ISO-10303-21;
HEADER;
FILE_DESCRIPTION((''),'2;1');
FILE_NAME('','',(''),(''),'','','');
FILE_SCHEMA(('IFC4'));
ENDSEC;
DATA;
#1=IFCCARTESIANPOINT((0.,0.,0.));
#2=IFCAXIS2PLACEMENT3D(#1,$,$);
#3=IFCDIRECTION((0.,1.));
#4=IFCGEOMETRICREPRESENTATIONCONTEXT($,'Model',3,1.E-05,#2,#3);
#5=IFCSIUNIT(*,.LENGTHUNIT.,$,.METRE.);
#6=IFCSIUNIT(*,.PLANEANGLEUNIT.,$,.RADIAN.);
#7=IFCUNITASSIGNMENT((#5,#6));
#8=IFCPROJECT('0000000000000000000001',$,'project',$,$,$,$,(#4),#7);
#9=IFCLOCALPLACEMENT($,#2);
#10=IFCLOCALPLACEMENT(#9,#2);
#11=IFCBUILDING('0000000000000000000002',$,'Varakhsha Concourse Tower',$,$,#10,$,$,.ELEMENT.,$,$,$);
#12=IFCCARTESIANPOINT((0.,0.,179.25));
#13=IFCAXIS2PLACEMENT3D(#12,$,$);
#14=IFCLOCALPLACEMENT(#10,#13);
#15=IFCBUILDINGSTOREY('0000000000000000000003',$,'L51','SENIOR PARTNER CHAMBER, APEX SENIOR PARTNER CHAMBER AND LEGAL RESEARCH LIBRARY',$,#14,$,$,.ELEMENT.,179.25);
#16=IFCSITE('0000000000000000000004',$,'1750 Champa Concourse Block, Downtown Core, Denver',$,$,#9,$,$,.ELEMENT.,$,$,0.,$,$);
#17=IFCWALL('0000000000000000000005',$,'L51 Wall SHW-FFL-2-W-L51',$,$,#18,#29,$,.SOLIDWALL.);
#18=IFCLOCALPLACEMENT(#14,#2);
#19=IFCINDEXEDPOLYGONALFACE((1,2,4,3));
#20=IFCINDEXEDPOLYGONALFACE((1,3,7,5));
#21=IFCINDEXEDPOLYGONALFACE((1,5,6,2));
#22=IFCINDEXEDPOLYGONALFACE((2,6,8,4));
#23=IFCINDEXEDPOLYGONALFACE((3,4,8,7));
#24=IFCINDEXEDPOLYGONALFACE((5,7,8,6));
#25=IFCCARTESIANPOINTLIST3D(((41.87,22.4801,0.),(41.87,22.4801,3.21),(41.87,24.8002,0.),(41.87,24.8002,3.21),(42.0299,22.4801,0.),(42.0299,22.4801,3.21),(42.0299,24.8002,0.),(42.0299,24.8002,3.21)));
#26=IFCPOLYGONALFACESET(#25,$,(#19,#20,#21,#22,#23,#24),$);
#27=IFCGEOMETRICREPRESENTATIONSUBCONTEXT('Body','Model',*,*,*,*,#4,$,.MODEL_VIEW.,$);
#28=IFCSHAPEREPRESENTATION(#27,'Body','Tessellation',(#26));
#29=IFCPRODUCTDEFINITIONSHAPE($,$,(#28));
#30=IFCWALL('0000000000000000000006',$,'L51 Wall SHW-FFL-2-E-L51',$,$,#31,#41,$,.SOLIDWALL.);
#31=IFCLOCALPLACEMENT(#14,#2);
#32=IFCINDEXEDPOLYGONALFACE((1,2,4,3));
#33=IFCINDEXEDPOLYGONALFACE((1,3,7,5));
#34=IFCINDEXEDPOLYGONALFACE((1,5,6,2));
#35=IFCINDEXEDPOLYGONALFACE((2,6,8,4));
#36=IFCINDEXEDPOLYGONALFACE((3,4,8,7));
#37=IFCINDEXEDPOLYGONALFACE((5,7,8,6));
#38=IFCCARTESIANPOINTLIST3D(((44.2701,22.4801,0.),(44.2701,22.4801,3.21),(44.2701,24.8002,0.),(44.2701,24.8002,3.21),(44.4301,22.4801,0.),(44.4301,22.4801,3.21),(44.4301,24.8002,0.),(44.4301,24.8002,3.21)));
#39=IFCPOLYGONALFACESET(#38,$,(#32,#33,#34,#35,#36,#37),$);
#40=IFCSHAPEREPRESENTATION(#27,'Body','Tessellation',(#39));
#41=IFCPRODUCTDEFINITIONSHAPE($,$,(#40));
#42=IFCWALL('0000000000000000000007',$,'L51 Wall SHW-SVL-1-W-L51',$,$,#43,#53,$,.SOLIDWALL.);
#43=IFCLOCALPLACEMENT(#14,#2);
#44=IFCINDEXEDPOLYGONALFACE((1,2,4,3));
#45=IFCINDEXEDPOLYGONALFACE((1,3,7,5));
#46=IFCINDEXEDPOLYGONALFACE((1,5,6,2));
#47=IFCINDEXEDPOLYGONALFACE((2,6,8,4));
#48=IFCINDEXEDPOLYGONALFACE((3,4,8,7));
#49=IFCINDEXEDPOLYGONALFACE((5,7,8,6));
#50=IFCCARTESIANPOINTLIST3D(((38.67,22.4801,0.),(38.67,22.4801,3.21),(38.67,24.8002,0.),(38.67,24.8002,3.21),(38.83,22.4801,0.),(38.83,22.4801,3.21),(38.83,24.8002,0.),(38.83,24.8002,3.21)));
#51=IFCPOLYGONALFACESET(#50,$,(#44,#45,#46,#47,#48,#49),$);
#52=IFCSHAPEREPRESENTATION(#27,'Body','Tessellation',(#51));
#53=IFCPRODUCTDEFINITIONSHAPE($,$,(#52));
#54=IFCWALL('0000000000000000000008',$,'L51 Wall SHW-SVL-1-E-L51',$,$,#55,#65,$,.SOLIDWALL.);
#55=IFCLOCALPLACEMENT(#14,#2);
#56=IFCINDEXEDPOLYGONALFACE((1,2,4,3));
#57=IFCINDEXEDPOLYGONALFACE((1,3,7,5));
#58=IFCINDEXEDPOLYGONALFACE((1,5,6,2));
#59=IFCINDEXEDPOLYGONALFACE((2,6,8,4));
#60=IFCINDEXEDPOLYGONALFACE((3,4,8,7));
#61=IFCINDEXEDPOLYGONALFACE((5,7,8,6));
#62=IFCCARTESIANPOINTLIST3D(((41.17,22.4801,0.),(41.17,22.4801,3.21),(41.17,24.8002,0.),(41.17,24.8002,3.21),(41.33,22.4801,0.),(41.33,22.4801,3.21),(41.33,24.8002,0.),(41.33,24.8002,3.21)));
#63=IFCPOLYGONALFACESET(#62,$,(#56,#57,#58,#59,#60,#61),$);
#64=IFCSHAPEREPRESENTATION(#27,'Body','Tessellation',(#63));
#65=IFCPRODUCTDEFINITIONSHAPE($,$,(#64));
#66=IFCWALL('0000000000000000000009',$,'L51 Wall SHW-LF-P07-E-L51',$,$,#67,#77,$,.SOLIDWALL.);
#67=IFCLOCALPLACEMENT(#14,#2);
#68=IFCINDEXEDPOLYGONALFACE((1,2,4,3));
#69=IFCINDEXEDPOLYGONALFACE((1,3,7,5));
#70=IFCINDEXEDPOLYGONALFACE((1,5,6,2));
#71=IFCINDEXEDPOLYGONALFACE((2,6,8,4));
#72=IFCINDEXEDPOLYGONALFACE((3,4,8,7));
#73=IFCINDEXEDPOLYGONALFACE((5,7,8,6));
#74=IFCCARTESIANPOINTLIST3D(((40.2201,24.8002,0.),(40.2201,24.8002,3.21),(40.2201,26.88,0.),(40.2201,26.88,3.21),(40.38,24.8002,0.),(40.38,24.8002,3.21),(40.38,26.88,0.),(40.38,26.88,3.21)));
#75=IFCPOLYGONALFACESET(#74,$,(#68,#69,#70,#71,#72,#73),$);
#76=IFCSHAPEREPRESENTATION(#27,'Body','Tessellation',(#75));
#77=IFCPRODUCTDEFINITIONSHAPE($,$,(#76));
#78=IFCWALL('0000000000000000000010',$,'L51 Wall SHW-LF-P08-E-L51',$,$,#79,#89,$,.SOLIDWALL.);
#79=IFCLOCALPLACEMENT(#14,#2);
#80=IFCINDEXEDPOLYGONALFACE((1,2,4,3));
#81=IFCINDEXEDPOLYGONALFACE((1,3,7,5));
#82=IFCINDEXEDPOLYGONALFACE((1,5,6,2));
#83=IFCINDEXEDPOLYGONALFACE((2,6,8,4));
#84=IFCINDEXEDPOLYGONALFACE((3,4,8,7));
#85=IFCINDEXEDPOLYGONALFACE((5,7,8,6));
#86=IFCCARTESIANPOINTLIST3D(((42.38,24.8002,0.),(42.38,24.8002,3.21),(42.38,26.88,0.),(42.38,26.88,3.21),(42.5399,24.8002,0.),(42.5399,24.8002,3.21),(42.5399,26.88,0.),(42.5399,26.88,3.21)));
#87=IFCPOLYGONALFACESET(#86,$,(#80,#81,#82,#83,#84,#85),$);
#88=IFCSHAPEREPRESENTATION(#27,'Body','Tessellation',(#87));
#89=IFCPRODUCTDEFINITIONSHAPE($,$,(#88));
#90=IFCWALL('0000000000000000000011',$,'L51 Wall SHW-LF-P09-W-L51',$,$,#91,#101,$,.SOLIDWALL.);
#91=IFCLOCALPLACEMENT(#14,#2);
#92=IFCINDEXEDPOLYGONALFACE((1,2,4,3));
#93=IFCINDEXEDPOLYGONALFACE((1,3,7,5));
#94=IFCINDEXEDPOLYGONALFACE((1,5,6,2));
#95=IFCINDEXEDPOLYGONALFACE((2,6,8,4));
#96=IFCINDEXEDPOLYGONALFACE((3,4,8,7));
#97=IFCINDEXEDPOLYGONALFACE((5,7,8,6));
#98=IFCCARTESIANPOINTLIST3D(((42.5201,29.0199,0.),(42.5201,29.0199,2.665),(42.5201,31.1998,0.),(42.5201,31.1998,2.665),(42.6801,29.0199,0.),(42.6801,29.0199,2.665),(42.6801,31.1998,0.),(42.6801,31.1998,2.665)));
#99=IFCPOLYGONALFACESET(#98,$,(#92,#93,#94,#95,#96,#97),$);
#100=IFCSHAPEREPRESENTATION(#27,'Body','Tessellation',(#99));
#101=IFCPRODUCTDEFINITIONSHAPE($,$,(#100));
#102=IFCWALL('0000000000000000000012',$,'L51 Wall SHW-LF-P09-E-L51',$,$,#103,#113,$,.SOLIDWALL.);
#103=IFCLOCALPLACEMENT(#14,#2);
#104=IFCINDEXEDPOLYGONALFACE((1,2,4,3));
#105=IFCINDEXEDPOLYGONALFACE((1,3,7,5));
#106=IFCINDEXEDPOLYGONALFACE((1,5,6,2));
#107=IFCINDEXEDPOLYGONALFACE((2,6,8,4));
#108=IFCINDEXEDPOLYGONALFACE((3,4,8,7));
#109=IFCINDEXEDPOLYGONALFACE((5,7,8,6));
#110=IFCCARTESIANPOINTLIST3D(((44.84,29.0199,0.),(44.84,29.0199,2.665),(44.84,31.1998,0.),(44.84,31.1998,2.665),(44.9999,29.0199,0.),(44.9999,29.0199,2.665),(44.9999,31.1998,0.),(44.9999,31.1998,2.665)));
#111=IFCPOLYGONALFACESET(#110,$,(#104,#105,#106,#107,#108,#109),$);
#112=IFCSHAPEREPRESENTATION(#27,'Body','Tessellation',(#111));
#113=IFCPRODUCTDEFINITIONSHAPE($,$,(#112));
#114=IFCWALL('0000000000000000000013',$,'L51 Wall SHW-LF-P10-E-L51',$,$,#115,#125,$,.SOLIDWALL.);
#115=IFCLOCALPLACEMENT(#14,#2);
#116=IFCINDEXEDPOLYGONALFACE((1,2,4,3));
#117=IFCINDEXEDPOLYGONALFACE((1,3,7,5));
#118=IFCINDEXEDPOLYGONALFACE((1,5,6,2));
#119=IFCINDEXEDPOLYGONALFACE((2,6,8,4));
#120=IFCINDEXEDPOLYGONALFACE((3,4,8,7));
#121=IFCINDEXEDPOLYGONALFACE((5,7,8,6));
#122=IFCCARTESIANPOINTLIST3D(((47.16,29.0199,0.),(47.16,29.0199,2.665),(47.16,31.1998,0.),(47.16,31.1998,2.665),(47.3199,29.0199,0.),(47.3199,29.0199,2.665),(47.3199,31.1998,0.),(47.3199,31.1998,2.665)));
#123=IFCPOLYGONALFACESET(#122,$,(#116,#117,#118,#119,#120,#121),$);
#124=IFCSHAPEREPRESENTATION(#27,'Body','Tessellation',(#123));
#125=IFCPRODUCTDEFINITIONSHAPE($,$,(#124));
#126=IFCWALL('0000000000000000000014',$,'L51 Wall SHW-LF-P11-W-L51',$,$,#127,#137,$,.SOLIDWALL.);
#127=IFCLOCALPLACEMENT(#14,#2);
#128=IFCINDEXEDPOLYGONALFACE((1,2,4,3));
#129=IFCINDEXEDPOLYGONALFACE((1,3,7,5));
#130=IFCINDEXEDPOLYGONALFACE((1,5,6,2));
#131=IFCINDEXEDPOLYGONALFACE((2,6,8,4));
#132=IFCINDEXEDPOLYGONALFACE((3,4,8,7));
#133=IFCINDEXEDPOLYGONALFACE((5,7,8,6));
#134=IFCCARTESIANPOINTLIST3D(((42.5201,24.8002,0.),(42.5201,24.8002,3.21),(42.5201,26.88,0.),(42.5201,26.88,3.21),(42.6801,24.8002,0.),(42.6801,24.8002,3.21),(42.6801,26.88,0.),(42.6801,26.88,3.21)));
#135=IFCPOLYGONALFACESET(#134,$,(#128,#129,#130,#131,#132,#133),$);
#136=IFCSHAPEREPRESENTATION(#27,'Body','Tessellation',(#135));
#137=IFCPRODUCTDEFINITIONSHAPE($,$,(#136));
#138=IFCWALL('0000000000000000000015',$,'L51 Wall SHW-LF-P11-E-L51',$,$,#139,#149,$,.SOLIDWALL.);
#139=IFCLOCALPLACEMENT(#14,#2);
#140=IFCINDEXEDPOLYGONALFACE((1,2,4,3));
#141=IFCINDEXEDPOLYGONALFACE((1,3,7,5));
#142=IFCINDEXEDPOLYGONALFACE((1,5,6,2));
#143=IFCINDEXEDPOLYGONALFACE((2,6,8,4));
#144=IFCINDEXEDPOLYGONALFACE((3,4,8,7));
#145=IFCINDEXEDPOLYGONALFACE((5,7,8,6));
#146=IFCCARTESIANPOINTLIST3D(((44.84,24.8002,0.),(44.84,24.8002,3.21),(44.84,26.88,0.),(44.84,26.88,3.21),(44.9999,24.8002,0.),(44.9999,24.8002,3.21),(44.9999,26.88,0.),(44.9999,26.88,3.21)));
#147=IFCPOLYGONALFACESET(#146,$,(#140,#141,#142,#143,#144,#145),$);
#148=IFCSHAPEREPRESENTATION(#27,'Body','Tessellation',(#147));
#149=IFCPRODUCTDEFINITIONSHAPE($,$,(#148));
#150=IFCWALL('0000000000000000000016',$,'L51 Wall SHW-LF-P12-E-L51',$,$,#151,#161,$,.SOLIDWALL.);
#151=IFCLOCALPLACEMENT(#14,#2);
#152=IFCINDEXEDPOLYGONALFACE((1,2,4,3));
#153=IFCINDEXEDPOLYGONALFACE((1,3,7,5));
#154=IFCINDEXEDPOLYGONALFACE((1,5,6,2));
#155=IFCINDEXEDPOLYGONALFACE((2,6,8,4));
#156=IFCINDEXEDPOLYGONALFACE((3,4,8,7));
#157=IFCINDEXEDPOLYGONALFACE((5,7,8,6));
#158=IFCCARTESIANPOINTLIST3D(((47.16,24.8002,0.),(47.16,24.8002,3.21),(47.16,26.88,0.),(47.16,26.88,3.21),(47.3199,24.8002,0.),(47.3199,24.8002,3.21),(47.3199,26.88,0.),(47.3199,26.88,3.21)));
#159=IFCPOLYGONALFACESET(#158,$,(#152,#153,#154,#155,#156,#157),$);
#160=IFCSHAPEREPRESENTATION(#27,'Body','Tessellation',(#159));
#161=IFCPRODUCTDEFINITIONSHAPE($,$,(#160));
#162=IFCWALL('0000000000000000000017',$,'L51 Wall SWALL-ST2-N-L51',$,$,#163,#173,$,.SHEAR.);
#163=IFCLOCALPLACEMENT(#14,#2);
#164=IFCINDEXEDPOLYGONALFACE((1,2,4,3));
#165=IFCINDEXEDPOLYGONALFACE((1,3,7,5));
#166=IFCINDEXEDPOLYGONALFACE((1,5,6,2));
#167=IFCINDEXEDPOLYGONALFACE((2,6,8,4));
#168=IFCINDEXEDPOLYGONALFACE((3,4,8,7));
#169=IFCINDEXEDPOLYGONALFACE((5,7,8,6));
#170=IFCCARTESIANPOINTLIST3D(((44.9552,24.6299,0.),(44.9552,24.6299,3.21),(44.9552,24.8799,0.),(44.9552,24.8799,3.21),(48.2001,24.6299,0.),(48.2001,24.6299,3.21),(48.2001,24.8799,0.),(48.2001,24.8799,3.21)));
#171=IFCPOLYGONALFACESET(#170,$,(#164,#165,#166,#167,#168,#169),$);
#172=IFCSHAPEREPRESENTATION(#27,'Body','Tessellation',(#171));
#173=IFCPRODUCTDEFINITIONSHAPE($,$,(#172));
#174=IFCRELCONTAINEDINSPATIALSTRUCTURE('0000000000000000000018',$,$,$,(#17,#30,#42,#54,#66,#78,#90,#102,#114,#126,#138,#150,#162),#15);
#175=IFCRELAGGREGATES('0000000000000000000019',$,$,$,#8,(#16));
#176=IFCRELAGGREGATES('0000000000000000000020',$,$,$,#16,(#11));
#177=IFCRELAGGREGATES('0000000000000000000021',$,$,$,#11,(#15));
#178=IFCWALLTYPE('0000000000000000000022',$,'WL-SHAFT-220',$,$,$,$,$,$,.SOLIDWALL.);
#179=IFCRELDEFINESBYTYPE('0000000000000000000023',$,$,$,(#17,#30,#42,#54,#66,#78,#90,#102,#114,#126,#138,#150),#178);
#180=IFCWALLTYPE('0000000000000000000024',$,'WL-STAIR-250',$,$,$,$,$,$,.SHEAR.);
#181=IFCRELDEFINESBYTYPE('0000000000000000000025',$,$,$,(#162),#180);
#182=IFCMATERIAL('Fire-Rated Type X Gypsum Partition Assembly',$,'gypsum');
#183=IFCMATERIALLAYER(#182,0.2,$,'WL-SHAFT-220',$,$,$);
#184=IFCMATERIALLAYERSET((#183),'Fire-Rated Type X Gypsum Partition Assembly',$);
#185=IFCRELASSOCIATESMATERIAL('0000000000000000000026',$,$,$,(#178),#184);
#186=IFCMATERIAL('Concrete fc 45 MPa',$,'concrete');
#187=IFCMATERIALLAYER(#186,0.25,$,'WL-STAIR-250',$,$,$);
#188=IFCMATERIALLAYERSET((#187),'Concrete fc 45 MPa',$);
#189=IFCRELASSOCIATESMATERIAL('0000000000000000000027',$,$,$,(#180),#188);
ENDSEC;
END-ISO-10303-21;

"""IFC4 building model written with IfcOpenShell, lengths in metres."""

from ifc_helpers import new_model, si_unit, direction, frame, frame_2d, origin, place, context, subcontext, project, spatial, rectangle, extrude, material, layer, layer_set, type_object, element, save


model = new_model("IFC4")

# Units and contexts
model_context = context("Model", 3, precision=1e-05, world=origin(), true_north=direction((0.0, 1.0)))
body_context = subcontext(model_context, "Body", "Model", "MODEL_VIEW")
ifc_project = project(units=[si_unit("LENGTHUNIT", "METRE"), si_unit("PLANEANGLEUNIT", "RADIAN")], contexts=[model_context])

# Site, building, storey
site_placement = place(None, origin())
site = spatial("IfcSite", under=ifc_project, at=site_placement, Name="1750 Champa Concourse Block, Downtown Core, Denver", CompositionType="ELEMENT", RefElevation=0.0)
building_placement = place(site_placement, origin())
building = spatial("IfcBuilding", under=site, at=building_placement, Name="Varakhsha Concourse Tower", CompositionType="ELEMENT")
storey_placement = place(building_placement, frame((0.0, 0.0, 179.25)))
storey = spatial("IfcBuildingStorey", under=building, at=storey_placement, Name="L51", Description="SENIOR PARTNER CHAMBER, APEX SENIOR PARTNER CHAMBER AND LEGAL RESEARCH LIBRARY", CompositionType="ELEMENT", Elevation=179.25)

# Shared definitions
ifc_material_1 = material(Name="Fire-Rated Type X Gypsum Partition Assembly", Category="gypsum")

# Walls
ifc_layer_1 = layer(ifc_material_1, 0.2, Name="WL-SHAFT-220")
ifc_layer_set_1 = layer_set([ifc_layer_1], Name="Fire-Rated Type X Gypsum Partition Assembly")
wall_type_1 = type_object("IfcWallType", Name="WL-SHAFT-220", PredefinedType="SOLIDWALL", material=ifc_layer_set_1)
for number, where, z_axis, x_axis, name in (
    (1, (41.95, 22.48, 0.0), (0.0, 0.0, 1.0), (0.0, 1.0, 0.0), "L51 Wall SHW-FFL-2-W-L51"),
    (2, (44.3501, 22.48, 0.0), (0.0, 0.0, 1.0), (0.0, 1.0, 0.0), "L51 Wall SHW-FFL-2-E-L51"),
    (3, (38.75, 22.48, 0.0), (0.0, 0.0, 1.0), (0.0, 1.0, 0.0), "L51 Wall SHW-SVL-1-W-L51"),
    (4, (41.25, 22.48, 0.0), (0.0, 0.0, 1.0), (0.0, 1.0, 0.0), "L51 Wall SHW-SVL-1-E-L51"),
):
    element("IfcWall", number, at=place(storey_placement, frame(where, z_axis=z_axis, x_axis=x_axis)), inside=storey, type_object=wall_type_1, Name=name, PredefinedType="SOLIDWALL", context=body_context, shape_type="SweptSolid", body=[
        extrude(rectangle(XDim=2.3201, YDim=0.1599, at=frame_2d((1.1602, 0.0))), origin(), (0.0, 0.0, 1.0), 3.21),
    ])
for number, where, z_axis, x_axis, name in (
    (5, (40.3, 24.8, 0.0), (0.0, 0.0, 1.0), (0.0, 1.0, 0.0), "L51 Wall SHW-LF-P07-E-L51"),
    (6, (42.46, 24.8, 0.0), (0.0, 0.0, 1.0), (0.0, 1.0, 0.0), "L51 Wall SHW-LF-P08-E-L51"),
):
    element("IfcWall", number, at=place(storey_placement, frame(where, z_axis=z_axis, x_axis=x_axis)), inside=storey, type_object=wall_type_1, Name=name, PredefinedType="SOLIDWALL", context=body_context, shape_type="SweptSolid", body=[
        extrude(rectangle(XDim=2.0798, YDim=0.1599, at=frame_2d((1.04, 0.0))), origin(), (0.0, 0.0, 1.0), 3.21),
    ])
for number, where, z_axis, x_axis, name in (
    (7, (42.6001, 29.02, 0.0), (0.0, 0.0, 1.0), (0.0, 1.0, 0.0), "L51 Wall SHW-LF-P09-W-L51"),
    (8, (44.9199, 29.02, 0.0), (0.0, 0.0, 1.0), (0.0, 1.0, 0.0), "L51 Wall SHW-LF-P09-E-L51"),
    (9, (47.24, 29.02, 0.0), (0.0, 0.0, 1.0), (0.0, 1.0, 0.0), "L51 Wall SHW-LF-P10-E-L51"),
):
    element("IfcWall", number, at=place(storey_placement, frame(where, z_axis=z_axis, x_axis=x_axis)), inside=storey, type_object=wall_type_1, Name=name, PredefinedType="SOLIDWALL", context=body_context, shape_type="SweptSolid", body=[
        extrude(rectangle(XDim=2.1799, YDim=0.1599, at=frame_2d((1.0898, 0.0))), origin(), (0.0, 0.0, 1.0), 2.665),
    ])
for number, where, z_axis, x_axis, name in (
    (10, (42.6001, 24.8, 0.0), (0.0, 0.0, 1.0), (0.0, 1.0, 0.0), "L51 Wall SHW-LF-P11-W-L51"),
    (11, (44.9199, 24.8, 0.0), (0.0, 0.0, 1.0), (0.0, 1.0, 0.0), "L51 Wall SHW-LF-P11-E-L51"),
    (12, (47.24, 24.8, 0.0), (0.0, 0.0, 1.0), (0.0, 1.0, 0.0), "L51 Wall SHW-LF-P12-E-L51"),
):
    element("IfcWall", number, at=place(storey_placement, frame(where, z_axis=z_axis, x_axis=x_axis)), inside=storey, type_object=wall_type_1, Name=name, PredefinedType="SOLIDWALL", context=body_context, shape_type="SweptSolid", body=[
        extrude(rectangle(XDim=2.0798, YDim=0.1599, at=frame_2d((1.04, 0.0))), origin(), (0.0, 0.0, 1.0), 3.21),
    ])
ifc_material_2 = material(Name="Concrete fc 45 MPa", Category="concrete")
ifc_layer_2 = layer(ifc_material_2, 0.25, Name="WL-STAIR-250")
ifc_layer_set_2 = layer_set([ifc_layer_2], Name="Concrete fc 45 MPa")
wall_type_2 = type_object("IfcWallType", Name="WL-STAIR-250", PredefinedType="SHEAR", material=ifc_layer_set_2)
wall_1_placement = place(storey_placement, frame((44.9551, 24.7549, 0.0), z_axis=(0.0, 0.0, 1.0), x_axis=(1.0, 0.0, 0.0)))
element("IfcWall", 13, at=wall_1_placement, inside=storey, type_object=wall_type_2, Name="L51 Wall SWALL-ST2-N-L51", PredefinedType="SHEAR", context=body_context, shape_type="SweptSolid", body=[
    extrude(rectangle(XDim=3.2449, YDim=0.25, at=frame_2d((1.6226, 0.0))), origin(), (0.0, 0.0, 1.0), 3.21),
])

save(model, "model.ifc")
